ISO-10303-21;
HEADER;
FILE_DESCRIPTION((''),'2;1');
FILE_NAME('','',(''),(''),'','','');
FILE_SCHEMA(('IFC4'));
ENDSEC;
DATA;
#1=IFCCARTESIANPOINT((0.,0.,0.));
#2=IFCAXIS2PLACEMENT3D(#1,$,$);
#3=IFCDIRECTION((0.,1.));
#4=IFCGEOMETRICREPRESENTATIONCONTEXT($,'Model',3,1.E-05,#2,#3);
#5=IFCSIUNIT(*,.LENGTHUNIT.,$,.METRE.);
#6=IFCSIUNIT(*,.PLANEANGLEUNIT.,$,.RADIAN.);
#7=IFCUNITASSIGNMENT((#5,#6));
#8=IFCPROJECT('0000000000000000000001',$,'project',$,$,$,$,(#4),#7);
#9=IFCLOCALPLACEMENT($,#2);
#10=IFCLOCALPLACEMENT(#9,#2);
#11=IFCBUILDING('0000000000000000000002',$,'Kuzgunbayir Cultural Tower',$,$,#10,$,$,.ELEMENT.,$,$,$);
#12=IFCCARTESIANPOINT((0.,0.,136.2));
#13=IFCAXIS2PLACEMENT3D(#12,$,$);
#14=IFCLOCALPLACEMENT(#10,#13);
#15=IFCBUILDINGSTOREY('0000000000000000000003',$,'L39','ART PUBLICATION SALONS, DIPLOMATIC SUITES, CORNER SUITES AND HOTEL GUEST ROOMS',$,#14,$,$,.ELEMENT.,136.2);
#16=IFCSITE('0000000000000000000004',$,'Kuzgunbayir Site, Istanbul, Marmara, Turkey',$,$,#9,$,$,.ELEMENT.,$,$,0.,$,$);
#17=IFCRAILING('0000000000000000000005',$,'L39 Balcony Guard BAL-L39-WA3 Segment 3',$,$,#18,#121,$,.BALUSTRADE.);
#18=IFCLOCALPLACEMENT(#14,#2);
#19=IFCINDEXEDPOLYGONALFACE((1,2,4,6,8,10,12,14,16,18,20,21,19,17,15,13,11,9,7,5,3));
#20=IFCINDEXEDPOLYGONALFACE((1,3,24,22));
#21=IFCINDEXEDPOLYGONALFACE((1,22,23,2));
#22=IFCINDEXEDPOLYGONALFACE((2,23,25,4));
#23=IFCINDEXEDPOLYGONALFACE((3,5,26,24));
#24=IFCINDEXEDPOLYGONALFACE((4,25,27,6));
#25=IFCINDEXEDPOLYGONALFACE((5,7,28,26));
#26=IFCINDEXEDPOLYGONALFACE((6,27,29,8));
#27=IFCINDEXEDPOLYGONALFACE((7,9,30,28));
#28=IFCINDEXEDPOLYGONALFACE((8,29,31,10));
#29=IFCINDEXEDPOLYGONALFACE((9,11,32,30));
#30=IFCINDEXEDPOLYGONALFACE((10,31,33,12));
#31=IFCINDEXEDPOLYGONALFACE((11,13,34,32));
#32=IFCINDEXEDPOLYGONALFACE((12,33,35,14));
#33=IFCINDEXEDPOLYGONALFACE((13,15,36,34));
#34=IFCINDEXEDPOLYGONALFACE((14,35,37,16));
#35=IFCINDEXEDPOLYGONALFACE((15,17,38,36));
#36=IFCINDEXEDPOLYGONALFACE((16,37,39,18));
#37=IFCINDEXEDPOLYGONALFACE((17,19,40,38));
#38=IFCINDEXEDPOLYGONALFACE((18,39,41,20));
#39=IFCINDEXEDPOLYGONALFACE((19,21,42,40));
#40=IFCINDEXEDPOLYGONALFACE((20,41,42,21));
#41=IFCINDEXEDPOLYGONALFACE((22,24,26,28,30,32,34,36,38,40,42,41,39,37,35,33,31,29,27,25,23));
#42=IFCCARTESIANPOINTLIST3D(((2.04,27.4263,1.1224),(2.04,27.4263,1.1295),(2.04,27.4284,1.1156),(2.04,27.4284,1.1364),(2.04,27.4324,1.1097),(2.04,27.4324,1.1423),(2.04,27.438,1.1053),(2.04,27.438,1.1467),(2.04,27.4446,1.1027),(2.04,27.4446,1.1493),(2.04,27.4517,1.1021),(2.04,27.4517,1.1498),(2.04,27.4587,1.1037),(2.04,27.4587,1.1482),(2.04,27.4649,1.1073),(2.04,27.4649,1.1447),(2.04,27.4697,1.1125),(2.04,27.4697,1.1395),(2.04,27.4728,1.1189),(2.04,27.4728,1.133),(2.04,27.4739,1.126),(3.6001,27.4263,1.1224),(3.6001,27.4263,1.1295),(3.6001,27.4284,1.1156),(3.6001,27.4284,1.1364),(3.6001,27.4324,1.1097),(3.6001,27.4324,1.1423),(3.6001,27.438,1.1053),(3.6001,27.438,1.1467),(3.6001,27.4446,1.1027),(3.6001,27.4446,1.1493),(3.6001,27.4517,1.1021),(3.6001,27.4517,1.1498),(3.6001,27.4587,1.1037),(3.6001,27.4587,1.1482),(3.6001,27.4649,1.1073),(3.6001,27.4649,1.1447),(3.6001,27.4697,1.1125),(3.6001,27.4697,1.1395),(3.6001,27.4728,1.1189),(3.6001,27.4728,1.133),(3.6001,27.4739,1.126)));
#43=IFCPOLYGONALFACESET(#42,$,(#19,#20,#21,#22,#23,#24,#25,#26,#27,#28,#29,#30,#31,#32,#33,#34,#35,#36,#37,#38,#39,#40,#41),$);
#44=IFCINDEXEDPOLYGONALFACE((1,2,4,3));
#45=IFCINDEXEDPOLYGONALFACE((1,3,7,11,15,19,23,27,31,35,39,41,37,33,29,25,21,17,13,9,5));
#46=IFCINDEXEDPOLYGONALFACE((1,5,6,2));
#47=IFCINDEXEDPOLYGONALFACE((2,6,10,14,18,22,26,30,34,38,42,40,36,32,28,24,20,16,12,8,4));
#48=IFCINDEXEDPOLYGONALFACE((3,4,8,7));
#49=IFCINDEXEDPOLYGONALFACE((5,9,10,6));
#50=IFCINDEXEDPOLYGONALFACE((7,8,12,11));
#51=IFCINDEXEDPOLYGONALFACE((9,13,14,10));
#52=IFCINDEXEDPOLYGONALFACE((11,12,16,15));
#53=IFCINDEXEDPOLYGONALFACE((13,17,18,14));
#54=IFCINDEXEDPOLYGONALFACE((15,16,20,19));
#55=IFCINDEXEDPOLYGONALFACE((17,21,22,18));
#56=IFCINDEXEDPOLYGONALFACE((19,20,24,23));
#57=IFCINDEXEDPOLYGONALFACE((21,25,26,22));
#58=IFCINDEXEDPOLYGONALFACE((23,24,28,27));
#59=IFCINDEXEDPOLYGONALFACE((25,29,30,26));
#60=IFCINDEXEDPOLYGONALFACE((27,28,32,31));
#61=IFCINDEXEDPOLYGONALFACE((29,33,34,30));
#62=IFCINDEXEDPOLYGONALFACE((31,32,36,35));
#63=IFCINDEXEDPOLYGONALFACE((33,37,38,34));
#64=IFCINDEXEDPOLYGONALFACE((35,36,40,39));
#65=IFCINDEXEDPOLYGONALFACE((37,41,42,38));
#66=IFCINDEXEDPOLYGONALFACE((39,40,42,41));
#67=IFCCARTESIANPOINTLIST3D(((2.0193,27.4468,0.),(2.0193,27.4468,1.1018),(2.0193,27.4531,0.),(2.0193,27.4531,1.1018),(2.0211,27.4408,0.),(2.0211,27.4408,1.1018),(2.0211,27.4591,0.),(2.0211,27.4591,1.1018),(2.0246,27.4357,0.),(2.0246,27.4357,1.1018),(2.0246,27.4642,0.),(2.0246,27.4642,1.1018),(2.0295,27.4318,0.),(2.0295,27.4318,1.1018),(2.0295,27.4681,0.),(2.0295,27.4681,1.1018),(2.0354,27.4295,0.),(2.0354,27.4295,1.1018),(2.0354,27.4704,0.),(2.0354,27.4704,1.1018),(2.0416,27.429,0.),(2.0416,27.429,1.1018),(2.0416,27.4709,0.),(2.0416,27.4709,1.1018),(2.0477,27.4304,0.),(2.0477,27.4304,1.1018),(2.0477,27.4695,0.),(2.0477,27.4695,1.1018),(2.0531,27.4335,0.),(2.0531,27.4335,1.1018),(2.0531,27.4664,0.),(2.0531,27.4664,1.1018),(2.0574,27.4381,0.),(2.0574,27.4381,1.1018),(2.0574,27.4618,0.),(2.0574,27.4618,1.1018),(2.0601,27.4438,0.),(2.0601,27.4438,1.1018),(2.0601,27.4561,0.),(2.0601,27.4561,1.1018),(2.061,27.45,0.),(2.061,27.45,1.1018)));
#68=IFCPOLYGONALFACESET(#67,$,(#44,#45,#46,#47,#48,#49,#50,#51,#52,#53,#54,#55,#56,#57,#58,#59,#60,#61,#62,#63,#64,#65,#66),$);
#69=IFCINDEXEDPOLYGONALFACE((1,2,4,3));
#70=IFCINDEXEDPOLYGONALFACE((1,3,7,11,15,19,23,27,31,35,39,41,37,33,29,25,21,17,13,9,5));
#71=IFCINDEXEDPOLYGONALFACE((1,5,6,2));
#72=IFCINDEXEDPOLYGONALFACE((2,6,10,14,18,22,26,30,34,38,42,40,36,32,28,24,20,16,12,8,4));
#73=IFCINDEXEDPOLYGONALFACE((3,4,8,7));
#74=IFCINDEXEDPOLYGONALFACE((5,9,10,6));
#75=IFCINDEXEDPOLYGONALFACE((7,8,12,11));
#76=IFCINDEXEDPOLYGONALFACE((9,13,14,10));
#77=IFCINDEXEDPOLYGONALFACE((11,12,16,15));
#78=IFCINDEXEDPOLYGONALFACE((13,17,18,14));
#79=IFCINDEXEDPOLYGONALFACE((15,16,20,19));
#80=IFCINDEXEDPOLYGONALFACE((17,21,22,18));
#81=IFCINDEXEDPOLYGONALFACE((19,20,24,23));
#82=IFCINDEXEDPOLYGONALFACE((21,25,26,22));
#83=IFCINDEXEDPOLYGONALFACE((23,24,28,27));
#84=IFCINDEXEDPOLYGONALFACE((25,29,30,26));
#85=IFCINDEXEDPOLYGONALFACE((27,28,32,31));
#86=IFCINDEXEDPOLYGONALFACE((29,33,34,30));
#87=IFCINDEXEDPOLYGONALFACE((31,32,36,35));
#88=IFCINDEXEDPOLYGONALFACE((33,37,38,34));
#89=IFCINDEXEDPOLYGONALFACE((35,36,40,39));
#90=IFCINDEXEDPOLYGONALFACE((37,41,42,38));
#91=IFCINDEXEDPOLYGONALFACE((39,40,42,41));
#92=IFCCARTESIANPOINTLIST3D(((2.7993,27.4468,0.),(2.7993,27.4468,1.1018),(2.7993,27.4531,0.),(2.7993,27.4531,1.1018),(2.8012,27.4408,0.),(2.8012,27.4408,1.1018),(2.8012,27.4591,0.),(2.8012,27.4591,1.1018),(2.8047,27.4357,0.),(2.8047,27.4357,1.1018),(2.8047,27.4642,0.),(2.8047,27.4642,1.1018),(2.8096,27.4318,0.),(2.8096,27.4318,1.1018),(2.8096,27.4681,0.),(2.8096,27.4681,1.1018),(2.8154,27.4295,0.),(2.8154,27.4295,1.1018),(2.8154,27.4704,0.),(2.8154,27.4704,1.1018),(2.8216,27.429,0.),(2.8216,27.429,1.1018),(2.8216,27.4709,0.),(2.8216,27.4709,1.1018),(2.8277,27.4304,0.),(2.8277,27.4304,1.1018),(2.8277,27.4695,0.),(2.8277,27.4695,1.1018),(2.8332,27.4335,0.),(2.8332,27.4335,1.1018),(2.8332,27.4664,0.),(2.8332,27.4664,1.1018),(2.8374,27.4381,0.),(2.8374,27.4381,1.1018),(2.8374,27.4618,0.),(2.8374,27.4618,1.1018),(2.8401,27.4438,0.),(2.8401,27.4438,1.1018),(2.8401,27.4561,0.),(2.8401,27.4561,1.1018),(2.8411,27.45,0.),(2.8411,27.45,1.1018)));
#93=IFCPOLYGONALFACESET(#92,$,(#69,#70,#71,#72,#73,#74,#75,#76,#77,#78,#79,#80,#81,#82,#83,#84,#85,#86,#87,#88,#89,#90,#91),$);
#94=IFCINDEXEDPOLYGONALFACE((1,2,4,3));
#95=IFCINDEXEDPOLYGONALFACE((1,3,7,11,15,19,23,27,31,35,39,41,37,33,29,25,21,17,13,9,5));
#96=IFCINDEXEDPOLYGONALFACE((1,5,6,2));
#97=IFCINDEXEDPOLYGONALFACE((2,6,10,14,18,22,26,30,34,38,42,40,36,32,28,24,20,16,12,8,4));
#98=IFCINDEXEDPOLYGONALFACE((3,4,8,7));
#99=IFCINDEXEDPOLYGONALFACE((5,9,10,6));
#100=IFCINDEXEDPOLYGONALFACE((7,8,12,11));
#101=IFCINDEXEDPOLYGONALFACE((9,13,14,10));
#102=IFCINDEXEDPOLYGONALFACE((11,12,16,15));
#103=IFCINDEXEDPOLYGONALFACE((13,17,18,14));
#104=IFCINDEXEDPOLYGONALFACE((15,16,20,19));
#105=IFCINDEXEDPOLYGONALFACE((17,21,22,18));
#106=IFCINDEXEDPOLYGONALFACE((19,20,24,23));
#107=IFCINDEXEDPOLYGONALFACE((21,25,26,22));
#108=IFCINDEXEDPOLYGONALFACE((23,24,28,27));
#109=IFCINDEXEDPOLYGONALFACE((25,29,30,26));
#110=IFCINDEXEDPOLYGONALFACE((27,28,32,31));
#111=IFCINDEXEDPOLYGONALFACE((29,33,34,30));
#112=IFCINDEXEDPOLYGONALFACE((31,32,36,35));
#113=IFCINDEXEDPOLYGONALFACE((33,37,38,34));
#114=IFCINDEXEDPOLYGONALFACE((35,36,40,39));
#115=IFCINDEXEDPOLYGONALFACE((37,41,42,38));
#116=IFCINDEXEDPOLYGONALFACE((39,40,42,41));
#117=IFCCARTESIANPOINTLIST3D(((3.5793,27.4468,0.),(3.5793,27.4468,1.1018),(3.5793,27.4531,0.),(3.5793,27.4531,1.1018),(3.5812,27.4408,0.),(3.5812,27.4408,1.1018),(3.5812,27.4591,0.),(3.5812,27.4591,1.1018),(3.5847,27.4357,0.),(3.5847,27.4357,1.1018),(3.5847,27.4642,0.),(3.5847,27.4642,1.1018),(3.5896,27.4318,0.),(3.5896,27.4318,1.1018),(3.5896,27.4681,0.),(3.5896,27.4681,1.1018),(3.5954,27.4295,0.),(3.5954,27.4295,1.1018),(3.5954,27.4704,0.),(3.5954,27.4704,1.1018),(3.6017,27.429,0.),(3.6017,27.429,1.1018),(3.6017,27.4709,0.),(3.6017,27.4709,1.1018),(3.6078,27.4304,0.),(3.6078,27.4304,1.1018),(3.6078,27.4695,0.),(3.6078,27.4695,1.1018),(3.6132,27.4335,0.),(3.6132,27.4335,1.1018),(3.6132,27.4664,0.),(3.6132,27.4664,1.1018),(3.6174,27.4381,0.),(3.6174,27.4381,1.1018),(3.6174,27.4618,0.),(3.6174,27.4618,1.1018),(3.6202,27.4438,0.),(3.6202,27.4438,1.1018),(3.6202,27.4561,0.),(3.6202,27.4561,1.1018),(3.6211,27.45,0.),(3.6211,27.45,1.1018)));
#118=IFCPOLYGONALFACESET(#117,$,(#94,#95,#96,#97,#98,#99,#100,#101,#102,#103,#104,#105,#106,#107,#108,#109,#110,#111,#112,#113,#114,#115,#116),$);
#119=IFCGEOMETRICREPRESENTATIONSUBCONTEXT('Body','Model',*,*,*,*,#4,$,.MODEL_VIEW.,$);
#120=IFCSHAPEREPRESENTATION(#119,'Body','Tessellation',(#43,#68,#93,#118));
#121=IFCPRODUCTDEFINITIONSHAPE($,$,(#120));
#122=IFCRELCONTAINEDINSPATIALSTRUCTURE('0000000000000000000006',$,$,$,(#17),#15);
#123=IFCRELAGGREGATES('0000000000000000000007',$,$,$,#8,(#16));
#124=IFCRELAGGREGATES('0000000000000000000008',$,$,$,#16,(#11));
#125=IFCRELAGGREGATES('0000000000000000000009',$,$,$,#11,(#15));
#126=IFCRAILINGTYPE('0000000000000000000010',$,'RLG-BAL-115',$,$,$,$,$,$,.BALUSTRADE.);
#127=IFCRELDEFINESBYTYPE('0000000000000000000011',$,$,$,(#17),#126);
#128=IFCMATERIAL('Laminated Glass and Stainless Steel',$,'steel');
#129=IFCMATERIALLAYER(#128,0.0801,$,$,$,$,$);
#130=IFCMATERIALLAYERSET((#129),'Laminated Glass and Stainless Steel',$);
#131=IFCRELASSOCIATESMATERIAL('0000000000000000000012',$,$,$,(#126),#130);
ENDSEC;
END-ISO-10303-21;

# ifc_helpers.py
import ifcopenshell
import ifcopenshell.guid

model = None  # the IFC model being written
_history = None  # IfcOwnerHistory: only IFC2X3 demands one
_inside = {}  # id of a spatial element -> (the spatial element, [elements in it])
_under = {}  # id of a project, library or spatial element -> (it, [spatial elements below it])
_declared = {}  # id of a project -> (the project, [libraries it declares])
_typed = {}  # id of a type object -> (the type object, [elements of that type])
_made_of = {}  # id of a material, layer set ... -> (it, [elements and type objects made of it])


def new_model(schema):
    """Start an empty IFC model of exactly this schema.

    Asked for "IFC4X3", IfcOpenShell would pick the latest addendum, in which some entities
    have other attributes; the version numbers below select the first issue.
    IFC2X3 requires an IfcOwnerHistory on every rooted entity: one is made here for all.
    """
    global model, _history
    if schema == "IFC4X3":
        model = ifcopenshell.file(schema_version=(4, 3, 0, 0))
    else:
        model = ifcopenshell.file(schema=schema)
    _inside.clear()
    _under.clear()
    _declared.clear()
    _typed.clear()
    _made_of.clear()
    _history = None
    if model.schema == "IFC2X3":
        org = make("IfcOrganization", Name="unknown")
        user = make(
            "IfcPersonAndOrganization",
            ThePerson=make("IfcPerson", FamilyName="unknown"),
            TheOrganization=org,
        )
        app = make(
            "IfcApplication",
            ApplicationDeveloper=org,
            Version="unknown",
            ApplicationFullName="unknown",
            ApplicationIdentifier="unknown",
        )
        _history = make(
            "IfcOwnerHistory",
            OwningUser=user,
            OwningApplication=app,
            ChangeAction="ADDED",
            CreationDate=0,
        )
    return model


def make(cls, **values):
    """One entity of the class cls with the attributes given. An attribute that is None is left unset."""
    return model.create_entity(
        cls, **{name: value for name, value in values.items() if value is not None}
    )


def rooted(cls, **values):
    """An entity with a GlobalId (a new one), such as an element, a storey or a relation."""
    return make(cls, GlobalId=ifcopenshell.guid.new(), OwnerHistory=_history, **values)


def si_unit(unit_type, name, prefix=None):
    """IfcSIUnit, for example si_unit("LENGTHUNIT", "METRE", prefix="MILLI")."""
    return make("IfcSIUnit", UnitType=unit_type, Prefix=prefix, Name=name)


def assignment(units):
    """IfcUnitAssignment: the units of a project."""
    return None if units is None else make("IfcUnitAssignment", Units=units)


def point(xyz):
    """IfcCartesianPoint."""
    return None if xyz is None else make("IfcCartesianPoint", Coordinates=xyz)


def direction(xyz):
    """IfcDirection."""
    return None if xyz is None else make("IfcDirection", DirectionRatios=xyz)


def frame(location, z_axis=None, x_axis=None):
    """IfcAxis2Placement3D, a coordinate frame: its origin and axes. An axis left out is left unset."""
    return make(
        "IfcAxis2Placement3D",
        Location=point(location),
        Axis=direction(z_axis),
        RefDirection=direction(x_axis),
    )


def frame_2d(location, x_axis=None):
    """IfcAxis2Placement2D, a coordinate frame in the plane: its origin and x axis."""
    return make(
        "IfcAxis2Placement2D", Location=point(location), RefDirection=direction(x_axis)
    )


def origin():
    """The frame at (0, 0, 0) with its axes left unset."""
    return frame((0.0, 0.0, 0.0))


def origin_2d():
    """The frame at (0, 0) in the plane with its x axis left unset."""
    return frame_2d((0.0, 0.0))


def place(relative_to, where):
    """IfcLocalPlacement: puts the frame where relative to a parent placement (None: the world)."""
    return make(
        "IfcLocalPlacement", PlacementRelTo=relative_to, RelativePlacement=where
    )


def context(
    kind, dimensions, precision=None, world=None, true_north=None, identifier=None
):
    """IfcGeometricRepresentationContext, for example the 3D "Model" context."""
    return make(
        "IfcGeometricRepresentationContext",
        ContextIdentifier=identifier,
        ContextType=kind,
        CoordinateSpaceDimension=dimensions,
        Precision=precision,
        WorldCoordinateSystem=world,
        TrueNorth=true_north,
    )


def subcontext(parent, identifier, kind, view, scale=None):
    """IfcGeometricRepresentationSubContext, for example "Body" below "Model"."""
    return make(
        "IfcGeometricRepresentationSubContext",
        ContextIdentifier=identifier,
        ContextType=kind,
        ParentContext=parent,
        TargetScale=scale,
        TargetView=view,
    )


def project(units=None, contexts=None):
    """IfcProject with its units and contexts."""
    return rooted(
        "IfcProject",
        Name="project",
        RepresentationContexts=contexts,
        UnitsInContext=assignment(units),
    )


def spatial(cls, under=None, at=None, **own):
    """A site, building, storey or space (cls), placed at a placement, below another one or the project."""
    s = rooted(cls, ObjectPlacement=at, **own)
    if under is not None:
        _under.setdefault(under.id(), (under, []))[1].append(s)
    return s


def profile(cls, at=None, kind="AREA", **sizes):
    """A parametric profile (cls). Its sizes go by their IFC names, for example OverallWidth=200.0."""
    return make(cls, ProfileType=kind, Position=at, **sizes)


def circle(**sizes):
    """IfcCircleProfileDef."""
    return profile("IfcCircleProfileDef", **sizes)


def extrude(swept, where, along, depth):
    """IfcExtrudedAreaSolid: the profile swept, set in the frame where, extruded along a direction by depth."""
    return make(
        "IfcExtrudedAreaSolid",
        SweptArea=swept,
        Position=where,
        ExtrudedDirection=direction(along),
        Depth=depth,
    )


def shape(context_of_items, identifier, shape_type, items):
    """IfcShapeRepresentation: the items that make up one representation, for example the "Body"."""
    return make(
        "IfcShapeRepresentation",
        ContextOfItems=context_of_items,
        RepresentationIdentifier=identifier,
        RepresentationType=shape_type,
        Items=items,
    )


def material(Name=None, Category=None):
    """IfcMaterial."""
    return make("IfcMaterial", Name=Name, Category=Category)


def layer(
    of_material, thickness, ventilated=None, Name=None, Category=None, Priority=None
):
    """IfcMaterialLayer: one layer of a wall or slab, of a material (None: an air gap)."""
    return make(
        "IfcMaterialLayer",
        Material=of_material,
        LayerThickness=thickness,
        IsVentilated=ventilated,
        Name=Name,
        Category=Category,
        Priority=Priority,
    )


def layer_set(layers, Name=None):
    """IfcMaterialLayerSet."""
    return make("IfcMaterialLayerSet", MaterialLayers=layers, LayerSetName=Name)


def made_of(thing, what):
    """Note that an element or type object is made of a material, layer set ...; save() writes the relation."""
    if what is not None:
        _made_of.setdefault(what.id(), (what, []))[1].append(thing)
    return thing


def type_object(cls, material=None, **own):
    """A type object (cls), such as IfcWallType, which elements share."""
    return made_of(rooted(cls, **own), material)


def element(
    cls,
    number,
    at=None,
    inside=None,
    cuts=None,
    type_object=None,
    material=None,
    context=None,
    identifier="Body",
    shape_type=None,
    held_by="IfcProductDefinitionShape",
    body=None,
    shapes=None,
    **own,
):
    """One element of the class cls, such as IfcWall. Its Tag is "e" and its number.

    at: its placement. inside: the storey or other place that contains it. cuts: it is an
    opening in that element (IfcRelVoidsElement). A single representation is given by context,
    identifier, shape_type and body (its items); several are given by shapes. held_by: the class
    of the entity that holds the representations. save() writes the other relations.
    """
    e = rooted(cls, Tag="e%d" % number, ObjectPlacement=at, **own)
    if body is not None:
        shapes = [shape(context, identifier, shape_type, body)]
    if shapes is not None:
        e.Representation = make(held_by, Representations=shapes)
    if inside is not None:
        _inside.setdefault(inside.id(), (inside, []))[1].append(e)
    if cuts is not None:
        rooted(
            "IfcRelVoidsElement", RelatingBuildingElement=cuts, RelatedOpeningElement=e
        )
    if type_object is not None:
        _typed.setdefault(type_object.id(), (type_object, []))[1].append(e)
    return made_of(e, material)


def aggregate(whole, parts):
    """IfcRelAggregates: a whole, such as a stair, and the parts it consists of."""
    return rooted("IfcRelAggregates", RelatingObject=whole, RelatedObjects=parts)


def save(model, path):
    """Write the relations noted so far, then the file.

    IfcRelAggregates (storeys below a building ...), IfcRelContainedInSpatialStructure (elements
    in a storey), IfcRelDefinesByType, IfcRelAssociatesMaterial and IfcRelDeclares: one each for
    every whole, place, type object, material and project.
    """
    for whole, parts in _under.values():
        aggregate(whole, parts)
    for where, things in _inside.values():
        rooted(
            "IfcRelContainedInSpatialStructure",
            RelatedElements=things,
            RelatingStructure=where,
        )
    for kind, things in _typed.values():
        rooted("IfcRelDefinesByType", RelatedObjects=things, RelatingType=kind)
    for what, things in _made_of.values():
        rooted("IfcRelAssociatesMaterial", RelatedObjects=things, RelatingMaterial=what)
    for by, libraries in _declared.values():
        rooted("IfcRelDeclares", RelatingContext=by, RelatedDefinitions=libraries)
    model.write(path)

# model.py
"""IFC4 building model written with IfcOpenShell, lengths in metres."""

from ifc_helpers import new_model, si_unit, direction, frame, origin, origin_2d, place, context, subcontext, project, spatial, circle, extrude, material, layer, layer_set, type_object, element, save


model = new_model("IFC4")

# Units and contexts
model_context = context("Model", 3, precision=1e-05, world=origin(), true_north=direction((0.0, 1.0)))
body_context = subcontext(model_context, "Body", "Model", "MODEL_VIEW")
ifc_project = project(units=[si_unit("LENGTHUNIT", "METRE"), si_unit("PLANEANGLEUNIT", "RADIAN")], contexts=[model_context])

# Site, building, storey
site_placement = place(None, origin())
site = spatial("IfcSite", under=ifc_project, at=site_placement, Name="Kuzgunbayir Site, Istanbul, Marmara, Turkey", CompositionType="ELEMENT", RefElevation=0.0)
building_placement = place(site_placement, origin())
building = spatial("IfcBuilding", under=site, at=building_placement, Name="Kuzgunbayir Cultural Tower", CompositionType="ELEMENT")
storey_placement = place(building_placement, frame((0.0, 0.0, 136.2)))
storey = spatial("IfcBuildingStorey", under=building, at=storey_placement, Name="L39", Description="ART PUBLICATION SALONS, DIPLOMATIC SUITES, CORNER SUITES AND HOTEL GUEST ROOMS", CompositionType="ELEMENT", Elevation=136.2)

# Railing
ifc_material_1 = material(Name="Laminated Glass and Stainless Steel", Category="steel")
ifc_layer_1 = layer(ifc_material_1, 0.0801)
ifc_layer_set_1 = layer_set([ifc_layer_1], Name="Laminated Glass and Stainless Steel")
railing_type = type_object("IfcRailingType", Name="RLG-BAL-115", PredefinedType="BALUSTRADE", material=ifc_layer_set_1)
railing_placement = place(storey_placement, frame((2.04, 27.45, 0.0)))
element("IfcRailing", 1, at=railing_placement, inside=storey, type_object=railing_type, Name="L39 Balcony Guard BAL-L39-WA3 Segment 3", PredefinedType="BALUSTRADE", context=body_context, shape_type="SweptSolid", body=[
    extrude(circle(Radius=0.0239, at=origin_2d()), frame((0.0, 0.0, 1.126), z_axis=(1.0, 0.0, 0.0), x_axis=(0.0, 1.0, 0.0)), (0.0, 0.0, 1.0), 1.5601),
    extrude(circle(Radius=0.021, at=origin_2d()), origin(), (0.0, 0.0, 1.0), 1.1018),
    extrude(circle(Radius=0.021, at=origin_2d()), frame((0.78, 0.0, 0.0)), (0.0, 0.0, 1.0), 1.1018),
    extrude(circle(Radius=0.021, at=origin_2d()), frame((1.5601, 0.0, 0.0)), (0.0, 0.0, 1.0), 1.1018),
])

save(model, "model.ifc")
